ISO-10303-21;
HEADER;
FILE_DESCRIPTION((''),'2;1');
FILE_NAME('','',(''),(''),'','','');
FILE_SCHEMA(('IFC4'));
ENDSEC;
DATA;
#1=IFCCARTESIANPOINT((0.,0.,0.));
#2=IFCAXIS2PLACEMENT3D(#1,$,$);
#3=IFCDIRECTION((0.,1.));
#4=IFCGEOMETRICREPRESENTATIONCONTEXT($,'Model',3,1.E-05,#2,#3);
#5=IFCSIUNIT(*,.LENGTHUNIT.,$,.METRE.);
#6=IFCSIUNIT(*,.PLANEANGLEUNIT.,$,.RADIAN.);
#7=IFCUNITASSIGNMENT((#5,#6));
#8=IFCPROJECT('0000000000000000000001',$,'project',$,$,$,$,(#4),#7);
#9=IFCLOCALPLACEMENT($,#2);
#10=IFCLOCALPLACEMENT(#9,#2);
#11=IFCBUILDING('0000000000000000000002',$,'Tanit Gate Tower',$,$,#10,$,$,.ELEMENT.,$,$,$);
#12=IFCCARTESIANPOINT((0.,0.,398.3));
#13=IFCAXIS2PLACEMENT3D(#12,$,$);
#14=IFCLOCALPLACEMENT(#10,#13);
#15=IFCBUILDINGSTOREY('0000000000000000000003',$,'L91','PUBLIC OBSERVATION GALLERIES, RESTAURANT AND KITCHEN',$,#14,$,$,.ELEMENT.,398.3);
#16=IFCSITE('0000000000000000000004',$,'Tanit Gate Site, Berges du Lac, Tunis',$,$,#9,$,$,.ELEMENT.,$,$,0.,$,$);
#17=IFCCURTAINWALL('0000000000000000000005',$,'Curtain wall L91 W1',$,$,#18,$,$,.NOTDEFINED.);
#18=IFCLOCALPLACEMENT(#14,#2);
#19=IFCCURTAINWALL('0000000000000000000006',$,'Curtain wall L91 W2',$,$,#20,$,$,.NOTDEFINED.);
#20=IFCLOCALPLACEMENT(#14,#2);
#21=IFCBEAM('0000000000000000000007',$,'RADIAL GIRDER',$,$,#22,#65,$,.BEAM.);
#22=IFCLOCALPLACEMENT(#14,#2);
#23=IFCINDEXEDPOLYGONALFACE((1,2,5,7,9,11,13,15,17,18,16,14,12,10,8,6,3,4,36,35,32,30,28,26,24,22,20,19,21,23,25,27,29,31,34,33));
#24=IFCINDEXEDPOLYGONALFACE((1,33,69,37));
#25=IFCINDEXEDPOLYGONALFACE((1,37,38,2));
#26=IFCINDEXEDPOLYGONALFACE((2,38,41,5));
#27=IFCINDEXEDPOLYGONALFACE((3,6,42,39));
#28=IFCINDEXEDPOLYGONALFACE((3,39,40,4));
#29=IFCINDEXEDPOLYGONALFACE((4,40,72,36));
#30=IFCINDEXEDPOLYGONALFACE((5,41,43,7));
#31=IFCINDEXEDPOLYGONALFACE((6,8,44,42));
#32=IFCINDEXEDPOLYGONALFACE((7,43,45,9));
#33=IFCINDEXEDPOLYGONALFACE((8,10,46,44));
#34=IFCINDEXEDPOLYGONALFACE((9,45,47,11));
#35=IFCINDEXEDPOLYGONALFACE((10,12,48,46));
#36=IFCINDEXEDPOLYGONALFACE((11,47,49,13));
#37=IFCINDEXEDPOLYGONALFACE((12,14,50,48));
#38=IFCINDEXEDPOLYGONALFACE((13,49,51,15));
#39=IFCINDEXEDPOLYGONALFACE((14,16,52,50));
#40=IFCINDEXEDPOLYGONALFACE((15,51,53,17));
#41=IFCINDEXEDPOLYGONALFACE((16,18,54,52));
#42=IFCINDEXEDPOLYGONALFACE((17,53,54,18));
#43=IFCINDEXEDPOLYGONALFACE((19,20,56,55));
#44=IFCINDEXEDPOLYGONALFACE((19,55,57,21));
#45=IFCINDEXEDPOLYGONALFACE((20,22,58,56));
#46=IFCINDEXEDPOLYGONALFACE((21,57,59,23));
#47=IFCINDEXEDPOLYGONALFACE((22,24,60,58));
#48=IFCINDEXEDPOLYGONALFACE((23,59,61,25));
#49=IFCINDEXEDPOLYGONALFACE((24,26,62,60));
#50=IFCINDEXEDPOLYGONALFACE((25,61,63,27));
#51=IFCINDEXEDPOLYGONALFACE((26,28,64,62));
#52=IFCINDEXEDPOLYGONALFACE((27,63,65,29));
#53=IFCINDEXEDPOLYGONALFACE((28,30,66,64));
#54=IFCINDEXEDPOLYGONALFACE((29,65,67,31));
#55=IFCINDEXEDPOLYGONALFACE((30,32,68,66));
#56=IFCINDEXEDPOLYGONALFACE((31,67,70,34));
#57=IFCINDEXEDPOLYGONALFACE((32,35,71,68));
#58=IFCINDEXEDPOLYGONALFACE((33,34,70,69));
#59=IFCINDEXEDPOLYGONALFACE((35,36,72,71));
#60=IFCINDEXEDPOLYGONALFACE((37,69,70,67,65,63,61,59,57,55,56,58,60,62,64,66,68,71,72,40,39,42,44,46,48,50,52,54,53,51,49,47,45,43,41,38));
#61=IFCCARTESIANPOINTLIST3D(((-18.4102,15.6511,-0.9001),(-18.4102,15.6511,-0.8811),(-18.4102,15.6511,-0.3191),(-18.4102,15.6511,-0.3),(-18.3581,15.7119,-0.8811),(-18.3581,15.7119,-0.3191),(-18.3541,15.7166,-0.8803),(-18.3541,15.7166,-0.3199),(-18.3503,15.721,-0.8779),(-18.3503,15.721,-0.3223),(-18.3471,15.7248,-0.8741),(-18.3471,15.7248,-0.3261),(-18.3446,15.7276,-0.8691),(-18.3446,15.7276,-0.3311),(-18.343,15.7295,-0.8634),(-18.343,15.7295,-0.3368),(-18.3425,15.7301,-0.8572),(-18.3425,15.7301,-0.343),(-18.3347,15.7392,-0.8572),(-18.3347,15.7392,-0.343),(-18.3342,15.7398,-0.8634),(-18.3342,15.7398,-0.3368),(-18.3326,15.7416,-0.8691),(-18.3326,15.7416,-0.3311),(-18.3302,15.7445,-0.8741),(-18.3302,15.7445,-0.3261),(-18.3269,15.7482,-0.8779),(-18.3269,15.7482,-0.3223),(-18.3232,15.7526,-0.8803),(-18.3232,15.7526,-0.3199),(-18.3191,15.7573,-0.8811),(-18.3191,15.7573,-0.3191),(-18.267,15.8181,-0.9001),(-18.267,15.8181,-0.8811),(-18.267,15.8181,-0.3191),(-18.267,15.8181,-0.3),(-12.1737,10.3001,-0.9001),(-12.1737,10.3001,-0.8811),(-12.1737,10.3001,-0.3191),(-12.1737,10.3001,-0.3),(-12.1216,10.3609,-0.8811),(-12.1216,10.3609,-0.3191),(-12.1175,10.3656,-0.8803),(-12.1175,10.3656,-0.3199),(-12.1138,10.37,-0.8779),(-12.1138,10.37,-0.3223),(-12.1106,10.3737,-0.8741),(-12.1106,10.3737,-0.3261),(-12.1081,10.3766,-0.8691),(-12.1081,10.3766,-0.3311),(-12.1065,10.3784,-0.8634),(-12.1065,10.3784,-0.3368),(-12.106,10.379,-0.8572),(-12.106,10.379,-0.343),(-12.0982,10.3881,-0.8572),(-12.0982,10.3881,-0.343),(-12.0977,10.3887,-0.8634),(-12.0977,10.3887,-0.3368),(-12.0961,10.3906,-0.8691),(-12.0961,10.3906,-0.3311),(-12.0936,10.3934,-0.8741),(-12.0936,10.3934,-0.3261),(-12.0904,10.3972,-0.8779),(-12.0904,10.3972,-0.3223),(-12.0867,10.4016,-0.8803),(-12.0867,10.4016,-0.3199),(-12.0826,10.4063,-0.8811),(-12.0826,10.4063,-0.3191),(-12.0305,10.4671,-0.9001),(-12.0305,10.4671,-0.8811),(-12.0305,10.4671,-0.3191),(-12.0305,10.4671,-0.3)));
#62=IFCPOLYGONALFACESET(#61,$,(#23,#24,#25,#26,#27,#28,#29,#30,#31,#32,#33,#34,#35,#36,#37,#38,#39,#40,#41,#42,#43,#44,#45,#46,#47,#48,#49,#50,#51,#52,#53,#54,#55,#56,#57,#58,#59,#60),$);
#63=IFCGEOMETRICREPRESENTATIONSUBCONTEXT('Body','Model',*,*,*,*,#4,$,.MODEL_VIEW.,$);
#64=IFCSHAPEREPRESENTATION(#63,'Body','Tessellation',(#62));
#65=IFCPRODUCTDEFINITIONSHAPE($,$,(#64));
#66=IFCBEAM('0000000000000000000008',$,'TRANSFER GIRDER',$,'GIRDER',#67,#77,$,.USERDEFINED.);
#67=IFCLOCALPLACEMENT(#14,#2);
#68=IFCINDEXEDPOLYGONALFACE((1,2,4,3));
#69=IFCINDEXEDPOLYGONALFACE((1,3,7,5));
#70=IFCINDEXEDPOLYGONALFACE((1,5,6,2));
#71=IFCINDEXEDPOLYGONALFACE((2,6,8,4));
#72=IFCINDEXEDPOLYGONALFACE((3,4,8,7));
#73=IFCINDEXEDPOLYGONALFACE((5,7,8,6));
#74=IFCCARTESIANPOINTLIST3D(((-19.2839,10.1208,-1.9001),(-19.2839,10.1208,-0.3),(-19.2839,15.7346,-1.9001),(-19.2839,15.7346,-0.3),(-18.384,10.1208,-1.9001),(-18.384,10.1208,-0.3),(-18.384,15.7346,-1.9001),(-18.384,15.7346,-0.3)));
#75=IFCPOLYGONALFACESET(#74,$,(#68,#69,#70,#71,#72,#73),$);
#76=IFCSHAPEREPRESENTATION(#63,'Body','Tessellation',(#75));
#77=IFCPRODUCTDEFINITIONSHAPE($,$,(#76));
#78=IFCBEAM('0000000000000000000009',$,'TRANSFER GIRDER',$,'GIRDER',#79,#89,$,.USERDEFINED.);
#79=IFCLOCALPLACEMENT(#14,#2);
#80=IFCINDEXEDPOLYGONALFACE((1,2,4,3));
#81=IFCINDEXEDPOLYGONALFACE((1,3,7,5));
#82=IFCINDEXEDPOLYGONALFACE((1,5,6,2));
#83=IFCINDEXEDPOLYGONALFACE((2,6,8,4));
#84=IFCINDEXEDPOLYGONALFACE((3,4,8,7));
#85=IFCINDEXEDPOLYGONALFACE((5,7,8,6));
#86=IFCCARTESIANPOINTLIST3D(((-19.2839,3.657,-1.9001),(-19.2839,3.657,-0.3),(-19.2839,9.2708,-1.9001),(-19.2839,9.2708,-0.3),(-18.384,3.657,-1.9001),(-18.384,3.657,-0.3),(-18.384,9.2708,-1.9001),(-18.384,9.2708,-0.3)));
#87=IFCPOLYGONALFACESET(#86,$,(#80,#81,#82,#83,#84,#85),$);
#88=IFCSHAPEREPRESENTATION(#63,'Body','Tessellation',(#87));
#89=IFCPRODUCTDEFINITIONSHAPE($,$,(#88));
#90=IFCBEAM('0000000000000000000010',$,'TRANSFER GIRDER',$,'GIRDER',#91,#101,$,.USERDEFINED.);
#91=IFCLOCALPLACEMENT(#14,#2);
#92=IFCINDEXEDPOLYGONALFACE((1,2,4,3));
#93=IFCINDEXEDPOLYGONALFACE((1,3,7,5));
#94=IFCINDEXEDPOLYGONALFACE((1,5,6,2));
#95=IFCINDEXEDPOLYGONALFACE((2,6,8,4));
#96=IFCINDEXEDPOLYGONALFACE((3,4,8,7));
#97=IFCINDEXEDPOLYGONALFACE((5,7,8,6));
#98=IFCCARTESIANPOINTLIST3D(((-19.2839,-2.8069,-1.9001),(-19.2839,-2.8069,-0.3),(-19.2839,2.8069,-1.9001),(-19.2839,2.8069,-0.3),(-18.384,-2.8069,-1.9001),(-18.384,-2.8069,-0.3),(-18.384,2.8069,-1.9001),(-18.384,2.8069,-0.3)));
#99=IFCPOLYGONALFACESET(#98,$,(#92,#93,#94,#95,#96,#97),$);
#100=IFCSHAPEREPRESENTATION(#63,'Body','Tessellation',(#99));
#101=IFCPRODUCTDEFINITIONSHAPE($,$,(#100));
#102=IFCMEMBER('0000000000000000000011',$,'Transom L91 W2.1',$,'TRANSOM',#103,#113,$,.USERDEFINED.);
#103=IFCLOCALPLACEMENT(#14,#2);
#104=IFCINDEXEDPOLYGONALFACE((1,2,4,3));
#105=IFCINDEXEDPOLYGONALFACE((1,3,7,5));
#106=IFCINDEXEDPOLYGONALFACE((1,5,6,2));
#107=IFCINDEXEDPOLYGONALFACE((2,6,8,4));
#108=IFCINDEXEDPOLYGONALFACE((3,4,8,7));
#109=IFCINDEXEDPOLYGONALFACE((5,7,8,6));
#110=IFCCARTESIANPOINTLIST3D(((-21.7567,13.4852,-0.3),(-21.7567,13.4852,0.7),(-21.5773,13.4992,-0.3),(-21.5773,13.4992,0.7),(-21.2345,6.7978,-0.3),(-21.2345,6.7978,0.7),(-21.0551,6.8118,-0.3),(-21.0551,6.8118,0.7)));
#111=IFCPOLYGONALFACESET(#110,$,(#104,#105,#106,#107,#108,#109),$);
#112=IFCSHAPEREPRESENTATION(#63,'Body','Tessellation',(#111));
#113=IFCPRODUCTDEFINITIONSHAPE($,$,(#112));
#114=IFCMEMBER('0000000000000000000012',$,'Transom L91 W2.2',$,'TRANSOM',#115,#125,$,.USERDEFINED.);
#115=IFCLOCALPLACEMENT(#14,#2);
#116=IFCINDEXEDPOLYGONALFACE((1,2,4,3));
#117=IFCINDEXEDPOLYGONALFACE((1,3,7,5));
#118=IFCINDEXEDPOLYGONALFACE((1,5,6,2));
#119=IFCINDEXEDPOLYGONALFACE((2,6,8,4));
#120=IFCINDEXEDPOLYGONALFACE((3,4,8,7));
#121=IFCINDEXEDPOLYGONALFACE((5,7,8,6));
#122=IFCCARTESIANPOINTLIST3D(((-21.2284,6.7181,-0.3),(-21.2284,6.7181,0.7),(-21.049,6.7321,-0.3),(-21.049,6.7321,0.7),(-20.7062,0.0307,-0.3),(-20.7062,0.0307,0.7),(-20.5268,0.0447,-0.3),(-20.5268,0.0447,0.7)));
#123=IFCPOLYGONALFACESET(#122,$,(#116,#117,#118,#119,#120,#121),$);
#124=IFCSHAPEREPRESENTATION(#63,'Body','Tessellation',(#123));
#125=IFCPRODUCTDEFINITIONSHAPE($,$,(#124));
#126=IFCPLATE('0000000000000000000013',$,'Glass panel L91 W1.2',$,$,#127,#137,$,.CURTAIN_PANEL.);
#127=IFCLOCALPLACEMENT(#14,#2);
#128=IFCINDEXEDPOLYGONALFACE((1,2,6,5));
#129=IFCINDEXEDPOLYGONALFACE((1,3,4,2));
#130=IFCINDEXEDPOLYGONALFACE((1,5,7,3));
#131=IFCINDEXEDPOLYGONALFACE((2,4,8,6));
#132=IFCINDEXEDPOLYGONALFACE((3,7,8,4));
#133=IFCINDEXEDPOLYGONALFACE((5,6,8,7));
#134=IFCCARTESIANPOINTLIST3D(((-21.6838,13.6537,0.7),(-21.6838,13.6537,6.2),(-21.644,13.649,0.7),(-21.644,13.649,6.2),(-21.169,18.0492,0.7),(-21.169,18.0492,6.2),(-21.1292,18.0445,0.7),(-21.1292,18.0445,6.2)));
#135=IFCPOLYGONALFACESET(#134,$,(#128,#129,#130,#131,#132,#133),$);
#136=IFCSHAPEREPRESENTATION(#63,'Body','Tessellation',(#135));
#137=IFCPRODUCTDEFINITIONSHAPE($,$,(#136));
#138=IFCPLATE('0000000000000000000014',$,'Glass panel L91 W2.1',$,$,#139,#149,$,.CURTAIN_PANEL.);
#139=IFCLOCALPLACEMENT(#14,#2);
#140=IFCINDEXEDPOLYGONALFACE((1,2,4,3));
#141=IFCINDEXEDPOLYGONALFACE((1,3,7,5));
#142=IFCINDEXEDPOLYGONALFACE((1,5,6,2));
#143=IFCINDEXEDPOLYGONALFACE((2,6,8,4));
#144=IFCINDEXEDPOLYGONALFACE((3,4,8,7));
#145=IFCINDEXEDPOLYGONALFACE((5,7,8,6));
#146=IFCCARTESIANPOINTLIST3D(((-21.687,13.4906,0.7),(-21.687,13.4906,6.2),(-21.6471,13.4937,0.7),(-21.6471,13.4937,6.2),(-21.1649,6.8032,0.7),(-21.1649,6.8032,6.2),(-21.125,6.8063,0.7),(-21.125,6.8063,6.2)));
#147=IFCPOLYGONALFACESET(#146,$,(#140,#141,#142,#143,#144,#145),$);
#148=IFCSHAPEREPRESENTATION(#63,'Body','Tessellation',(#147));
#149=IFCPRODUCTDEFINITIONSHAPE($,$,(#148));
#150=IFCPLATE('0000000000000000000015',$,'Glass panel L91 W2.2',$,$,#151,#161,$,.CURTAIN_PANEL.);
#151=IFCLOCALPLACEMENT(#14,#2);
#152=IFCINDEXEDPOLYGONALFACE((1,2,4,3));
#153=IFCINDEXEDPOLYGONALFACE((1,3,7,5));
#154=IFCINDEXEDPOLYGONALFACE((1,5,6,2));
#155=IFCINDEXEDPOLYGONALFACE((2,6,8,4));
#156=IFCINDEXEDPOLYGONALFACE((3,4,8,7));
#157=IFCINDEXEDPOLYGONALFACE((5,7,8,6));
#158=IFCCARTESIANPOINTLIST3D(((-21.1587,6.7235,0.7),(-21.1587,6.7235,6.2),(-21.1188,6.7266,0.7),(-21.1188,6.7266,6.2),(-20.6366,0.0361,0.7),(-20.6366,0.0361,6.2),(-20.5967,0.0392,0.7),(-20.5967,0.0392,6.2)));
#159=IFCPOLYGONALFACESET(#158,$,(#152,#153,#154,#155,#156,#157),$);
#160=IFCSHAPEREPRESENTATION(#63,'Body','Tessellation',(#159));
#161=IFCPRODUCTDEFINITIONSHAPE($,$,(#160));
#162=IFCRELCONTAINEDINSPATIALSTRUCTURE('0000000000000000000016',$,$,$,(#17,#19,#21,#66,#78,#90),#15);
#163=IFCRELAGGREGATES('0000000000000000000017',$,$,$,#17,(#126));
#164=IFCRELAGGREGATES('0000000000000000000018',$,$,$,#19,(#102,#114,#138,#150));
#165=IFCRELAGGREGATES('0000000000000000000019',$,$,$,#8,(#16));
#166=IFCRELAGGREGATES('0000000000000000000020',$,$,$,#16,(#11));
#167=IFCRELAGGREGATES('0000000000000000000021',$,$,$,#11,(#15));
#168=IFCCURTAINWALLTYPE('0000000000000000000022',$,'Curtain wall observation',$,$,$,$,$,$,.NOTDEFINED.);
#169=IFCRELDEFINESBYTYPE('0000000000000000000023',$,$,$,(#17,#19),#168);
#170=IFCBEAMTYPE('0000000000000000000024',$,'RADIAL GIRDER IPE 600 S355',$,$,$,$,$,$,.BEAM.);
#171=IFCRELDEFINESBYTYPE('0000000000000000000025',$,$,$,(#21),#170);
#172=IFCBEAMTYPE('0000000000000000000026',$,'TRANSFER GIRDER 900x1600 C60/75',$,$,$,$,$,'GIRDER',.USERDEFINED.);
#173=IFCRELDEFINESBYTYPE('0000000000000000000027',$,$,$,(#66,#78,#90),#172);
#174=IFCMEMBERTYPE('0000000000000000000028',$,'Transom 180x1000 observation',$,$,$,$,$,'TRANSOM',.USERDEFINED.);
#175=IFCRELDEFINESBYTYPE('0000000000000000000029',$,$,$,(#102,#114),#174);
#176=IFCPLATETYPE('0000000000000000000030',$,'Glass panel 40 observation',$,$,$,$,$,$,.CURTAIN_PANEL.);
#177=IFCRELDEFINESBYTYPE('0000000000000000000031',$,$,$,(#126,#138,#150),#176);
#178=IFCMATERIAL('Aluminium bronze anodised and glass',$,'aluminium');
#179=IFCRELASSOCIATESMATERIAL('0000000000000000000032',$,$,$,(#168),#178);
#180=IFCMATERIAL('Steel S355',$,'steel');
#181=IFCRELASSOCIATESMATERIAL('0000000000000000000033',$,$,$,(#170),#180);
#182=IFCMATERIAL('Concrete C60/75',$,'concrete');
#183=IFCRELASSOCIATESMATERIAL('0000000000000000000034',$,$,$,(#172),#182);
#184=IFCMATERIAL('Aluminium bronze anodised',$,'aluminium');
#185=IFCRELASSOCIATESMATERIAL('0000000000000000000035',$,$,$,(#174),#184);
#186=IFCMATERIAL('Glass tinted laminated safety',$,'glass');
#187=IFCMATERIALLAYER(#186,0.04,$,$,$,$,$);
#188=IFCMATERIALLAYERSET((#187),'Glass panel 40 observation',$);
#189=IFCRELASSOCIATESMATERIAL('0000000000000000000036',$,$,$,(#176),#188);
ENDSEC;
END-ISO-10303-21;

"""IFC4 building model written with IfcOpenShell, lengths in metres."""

from ifc_helpers import new_model, si_unit, direction, frame, origin, origin_2d, place, context, subcontext, project, spatial, rectangle, i_section, extrude, material, layer, layer_set, material_profile, profile_set, type_object, element, aggregate, save


model = new_model("IFC4")

# Units and contexts
model_context = context("Model", 3, precision=1e-05, world=origin(), true_north=direction((0.0, 1.0)))
body_context = subcontext(model_context, "Body", "Model", "MODEL_VIEW")
ifc_project = project(units=[si_unit("LENGTHUNIT", "METRE"), si_unit("PLANEANGLEUNIT", "RADIAN")], contexts=[model_context])

# Site, building, storey
site_placement = place(None, origin())
site = spatial("IfcSite", under=ifc_project, at=site_placement, Name="Tanit Gate Site, Berges du Lac, Tunis", CompositionType="ELEMENT", RefElevation=0.0)
building_placement = place(site_placement, origin())
building = spatial("IfcBuilding", under=site, at=building_placement, Name="Tanit Gate Tower", CompositionType="ELEMENT")
storey_placement = place(building_placement, frame((0.0, 0.0, 398.3)))
storey = spatial("IfcBuildingStorey", under=building, at=storey_placement, Name="L91", Description="PUBLIC OBSERVATION GALLERIES, RESTAURANT AND KITCHEN", CompositionType="ELEMENT", Elevation=398.3)

# Curtain wall
ifc_material_1 = material(Name="Aluminium bronze anodised and glass", Category="aluminium")
curtain_wall_type = type_object("IfcCurtainWallType", Name="Curtain wall observation", PredefinedType="NOTDEFINED", material=ifc_material_1)
curtain_wall_1_placement = place(storey_placement, origin())
curtain_wall_1 = element("IfcCurtainWall", 1, at=curtain_wall_1_placement, inside=storey, type_object=curtain_wall_type, Name="Curtain wall L91 W1", PredefinedType="NOTDEFINED")

# Curtain wall
curtain_wall_2_placement = place(storey_placement, origin())
curtain_wall_2 = element("IfcCurtainWall", 2, at=curtain_wall_2_placement, inside=storey, type_object=curtain_wall_type, Name="Curtain wall L91 W2", PredefinedType="NOTDEFINED")

# Beams
ifc_material_2 = material(Name="Steel S355", Category="steel")
ifc_material_profile_1 = material_profile(ifc_material_2, i_section(OverallWidth=0.22, OverallDepth=0.6001, WebThickness=0.012, FlangeThickness=0.019, FilletRadius=0.0239, at=origin_2d()), Name="IPE 600")
ifc_profile_set_1 = profile_set([ifc_material_profile_1], Name="Steel S355")
beam_type_1 = type_object("IfcBeamType", Name="RADIAL GIRDER IPE 600 S355", PredefinedType="BEAM", material=ifc_profile_set_1)
beam_1_placement = place(storey_placement, frame((-18.3386, 15.7346, -0.6001), z_axis=(0.758929, -0.651173, 0.0), x_axis=(0.651173, 0.758929, 0.0)))
element("IfcBeam", 3, at=beam_1_placement, inside=storey, type_object=beam_type_1, Name="RADIAL GIRDER", PredefinedType="BEAM", context=body_context, shape_type="SweptSolid", body=[
    extrude(i_section(OverallWidth=0.22, OverallDepth=0.6001, WebThickness=0.012, FlangeThickness=0.019, FilletRadius=0.0239, at=origin_2d()), origin(), (0.0, 0.0, 1.0), 8.2175),
])
ifc_material_3 = material(Name="Concrete C60/75", Category="concrete")
ifc_material_profile_2 = material_profile(ifc_material_3, rectangle(XDim=0.8999, YDim=1.6001, at=origin_2d()), Name="RC 900x1600")
ifc_profile_set_2 = profile_set([ifc_material_profile_2], Name="Concrete C60/75")
beam_type_2 = type_object("IfcBeamType", Name="TRANSFER GIRDER 900x1600 C60/75", ElementType="GIRDER", PredefinedType="USERDEFINED", material=ifc_profile_set_2)
for number, where, z_axis, x_axis, name in (
    (4, (-18.834, 15.7346, -1.1001), (0.0, -1.0, 0.0), (1.0, 0.0, 0.0), "TRANSFER GIRDER"),
    (5, (-18.834, 9.2708, -1.1001), (0.0, -1.0, 0.0), (1.0, 0.0, 0.0), "TRANSFER GIRDER"),
    (6, (-18.834, 2.8069, -1.1001), (0.0, -1.0, 0.0), (1.0, 0.0, 0.0), "TRANSFER GIRDER"),
):
    element("IfcBeam", number, at=place(storey_placement, frame(where, z_axis=z_axis, x_axis=x_axis)), inside=storey, type_object=beam_type_2, Name=name, ObjectType="GIRDER", PredefinedType="USERDEFINED", context=body_context, shape_type="SweptSolid", body=[
        extrude(rectangle(XDim=0.8999, YDim=1.6001, at=origin_2d()), origin(), (0.0, 0.0, 1.0), 5.6138),
    ])

# Members
ifc_material_4 = material(Name="Aluminium bronze anodised", Category="aluminium")
ifc_material_profile_3 = material_profile(ifc_material_4, rectangle(XDim=0.1799, YDim=1.0, at=origin_2d()), Name="180x1000 bronze transom")
ifc_profile_set_3 = profile_set([ifc_material_profile_3], Name="Aluminium bronze anodised")
member_type_1 = type_object("IfcMemberType", Name="Transom 180x1000 observation", ElementType="TRANSOM", PredefinedType="USERDEFINED", material=ifc_profile_set_3)
member_1_placement = place(storey_placement, frame((-21.667, 13.4922, 0.2), z_axis=(0.077851, -0.996965, 0.0), x_axis=(0.996965, 0.077851, 0.0)))
member_1 = element("IfcMember", 7, at=member_1_placement, type_object=member_type_1, Name="Transom L91 W2.1", ObjectType="TRANSOM", PredefinedType="USERDEFINED", context=body_context, shape_type="SweptSolid", body=[
    extrude(rectangle(XDim=0.1799, YDim=1.0, at=origin_2d()), origin(), (0.0, 0.0, 1.0), 6.7078),
])
member_2_placement = place(storey_placement, frame((-21.1387, 6.7251, 0.2), z_axis=(0.077851, -0.996965, 0.0), x_axis=(0.996965, 0.077851, 0.0)))
member_2 = element("IfcMember", 8, at=member_2_placement, type_object=member_type_1, Name="Transom L91 W2.2", ObjectType="TRANSOM", PredefinedType="USERDEFINED", context=body_context, shape_type="SweptSolid", body=[
    extrude(rectangle(XDim=0.1799, YDim=1.0, at=origin_2d()), origin(), (0.0, 0.0, 1.0), 6.7078),
])

# Plates
ifc_material_5 = material(Name="Glass tinted laminated safety", Category="glass")
ifc_layer_1 = layer(ifc_material_5, 0.04)
ifc_layer_set_1 = layer_set([ifc_layer_1], Name="Glass panel 40 observation")
plate_type = type_object("IfcPlateType", Name="Glass panel 40 observation", PredefinedType="CURTAIN_PANEL", material=ifc_layer_set_1)
plate_1_placement = place(storey_placement, frame((-21.4065, 15.8491, 0.7), z_axis=(0.0, 0.0, 1.0), x_axis=(-0.116318, -0.993212, 0.0)))
plate_1 = element("IfcPlate", 9, at=plate_1_placement, type_object=plate_type, Name="Glass panel L91 W1.2", PredefinedType="CURTAIN_PANEL", context=body_context, shape_type="SweptSolid", body=[
    extrude(rectangle(XDim=4.4255, YDim=0.04, at=origin_2d()), origin(), (0.0, 0.0, 1.0), 5.5),
])
aggregate(curtain_wall_1, [plate_1])
plate_2_placement = place(storey_placement, frame((-21.406, 10.1484, 0.7), z_axis=(0.0, 0.0, 1.0), x_axis=(0.077839, -0.996966, 0.0)))
plate_2 = element("IfcPlate", 10, at=plate_2_placement, type_object=plate_type, Name="Glass panel L91 W2.1", PredefinedType="CURTAIN_PANEL", context=body_context, shape_type="SweptSolid", body=[
    extrude(rectangle(XDim=6.7078, YDim=0.04, at=origin_2d()), origin(), (0.0, 0.0, 1.0), 5.5),
])
plate_3_placement = place(storey_placement, frame((-20.8777, 3.3813, 0.7), z_axis=(0.0, 0.0, 1.0), x_axis=(0.077839, -0.996966, 0.0)))
plate_3 = element("IfcPlate", 11, at=plate_3_placement, type_object=plate_type, Name="Glass panel L91 W2.2", PredefinedType="CURTAIN_PANEL", context=body_context, shape_type="SweptSolid", body=[
    extrude(rectangle(XDim=6.7078, YDim=0.04, at=origin_2d()), origin(), (0.0, 0.0, 1.0), 5.5),
])
aggregate(curtain_wall_2, [member_1, member_2, plate_2, plate_3])

save(model, "model.ifc")
